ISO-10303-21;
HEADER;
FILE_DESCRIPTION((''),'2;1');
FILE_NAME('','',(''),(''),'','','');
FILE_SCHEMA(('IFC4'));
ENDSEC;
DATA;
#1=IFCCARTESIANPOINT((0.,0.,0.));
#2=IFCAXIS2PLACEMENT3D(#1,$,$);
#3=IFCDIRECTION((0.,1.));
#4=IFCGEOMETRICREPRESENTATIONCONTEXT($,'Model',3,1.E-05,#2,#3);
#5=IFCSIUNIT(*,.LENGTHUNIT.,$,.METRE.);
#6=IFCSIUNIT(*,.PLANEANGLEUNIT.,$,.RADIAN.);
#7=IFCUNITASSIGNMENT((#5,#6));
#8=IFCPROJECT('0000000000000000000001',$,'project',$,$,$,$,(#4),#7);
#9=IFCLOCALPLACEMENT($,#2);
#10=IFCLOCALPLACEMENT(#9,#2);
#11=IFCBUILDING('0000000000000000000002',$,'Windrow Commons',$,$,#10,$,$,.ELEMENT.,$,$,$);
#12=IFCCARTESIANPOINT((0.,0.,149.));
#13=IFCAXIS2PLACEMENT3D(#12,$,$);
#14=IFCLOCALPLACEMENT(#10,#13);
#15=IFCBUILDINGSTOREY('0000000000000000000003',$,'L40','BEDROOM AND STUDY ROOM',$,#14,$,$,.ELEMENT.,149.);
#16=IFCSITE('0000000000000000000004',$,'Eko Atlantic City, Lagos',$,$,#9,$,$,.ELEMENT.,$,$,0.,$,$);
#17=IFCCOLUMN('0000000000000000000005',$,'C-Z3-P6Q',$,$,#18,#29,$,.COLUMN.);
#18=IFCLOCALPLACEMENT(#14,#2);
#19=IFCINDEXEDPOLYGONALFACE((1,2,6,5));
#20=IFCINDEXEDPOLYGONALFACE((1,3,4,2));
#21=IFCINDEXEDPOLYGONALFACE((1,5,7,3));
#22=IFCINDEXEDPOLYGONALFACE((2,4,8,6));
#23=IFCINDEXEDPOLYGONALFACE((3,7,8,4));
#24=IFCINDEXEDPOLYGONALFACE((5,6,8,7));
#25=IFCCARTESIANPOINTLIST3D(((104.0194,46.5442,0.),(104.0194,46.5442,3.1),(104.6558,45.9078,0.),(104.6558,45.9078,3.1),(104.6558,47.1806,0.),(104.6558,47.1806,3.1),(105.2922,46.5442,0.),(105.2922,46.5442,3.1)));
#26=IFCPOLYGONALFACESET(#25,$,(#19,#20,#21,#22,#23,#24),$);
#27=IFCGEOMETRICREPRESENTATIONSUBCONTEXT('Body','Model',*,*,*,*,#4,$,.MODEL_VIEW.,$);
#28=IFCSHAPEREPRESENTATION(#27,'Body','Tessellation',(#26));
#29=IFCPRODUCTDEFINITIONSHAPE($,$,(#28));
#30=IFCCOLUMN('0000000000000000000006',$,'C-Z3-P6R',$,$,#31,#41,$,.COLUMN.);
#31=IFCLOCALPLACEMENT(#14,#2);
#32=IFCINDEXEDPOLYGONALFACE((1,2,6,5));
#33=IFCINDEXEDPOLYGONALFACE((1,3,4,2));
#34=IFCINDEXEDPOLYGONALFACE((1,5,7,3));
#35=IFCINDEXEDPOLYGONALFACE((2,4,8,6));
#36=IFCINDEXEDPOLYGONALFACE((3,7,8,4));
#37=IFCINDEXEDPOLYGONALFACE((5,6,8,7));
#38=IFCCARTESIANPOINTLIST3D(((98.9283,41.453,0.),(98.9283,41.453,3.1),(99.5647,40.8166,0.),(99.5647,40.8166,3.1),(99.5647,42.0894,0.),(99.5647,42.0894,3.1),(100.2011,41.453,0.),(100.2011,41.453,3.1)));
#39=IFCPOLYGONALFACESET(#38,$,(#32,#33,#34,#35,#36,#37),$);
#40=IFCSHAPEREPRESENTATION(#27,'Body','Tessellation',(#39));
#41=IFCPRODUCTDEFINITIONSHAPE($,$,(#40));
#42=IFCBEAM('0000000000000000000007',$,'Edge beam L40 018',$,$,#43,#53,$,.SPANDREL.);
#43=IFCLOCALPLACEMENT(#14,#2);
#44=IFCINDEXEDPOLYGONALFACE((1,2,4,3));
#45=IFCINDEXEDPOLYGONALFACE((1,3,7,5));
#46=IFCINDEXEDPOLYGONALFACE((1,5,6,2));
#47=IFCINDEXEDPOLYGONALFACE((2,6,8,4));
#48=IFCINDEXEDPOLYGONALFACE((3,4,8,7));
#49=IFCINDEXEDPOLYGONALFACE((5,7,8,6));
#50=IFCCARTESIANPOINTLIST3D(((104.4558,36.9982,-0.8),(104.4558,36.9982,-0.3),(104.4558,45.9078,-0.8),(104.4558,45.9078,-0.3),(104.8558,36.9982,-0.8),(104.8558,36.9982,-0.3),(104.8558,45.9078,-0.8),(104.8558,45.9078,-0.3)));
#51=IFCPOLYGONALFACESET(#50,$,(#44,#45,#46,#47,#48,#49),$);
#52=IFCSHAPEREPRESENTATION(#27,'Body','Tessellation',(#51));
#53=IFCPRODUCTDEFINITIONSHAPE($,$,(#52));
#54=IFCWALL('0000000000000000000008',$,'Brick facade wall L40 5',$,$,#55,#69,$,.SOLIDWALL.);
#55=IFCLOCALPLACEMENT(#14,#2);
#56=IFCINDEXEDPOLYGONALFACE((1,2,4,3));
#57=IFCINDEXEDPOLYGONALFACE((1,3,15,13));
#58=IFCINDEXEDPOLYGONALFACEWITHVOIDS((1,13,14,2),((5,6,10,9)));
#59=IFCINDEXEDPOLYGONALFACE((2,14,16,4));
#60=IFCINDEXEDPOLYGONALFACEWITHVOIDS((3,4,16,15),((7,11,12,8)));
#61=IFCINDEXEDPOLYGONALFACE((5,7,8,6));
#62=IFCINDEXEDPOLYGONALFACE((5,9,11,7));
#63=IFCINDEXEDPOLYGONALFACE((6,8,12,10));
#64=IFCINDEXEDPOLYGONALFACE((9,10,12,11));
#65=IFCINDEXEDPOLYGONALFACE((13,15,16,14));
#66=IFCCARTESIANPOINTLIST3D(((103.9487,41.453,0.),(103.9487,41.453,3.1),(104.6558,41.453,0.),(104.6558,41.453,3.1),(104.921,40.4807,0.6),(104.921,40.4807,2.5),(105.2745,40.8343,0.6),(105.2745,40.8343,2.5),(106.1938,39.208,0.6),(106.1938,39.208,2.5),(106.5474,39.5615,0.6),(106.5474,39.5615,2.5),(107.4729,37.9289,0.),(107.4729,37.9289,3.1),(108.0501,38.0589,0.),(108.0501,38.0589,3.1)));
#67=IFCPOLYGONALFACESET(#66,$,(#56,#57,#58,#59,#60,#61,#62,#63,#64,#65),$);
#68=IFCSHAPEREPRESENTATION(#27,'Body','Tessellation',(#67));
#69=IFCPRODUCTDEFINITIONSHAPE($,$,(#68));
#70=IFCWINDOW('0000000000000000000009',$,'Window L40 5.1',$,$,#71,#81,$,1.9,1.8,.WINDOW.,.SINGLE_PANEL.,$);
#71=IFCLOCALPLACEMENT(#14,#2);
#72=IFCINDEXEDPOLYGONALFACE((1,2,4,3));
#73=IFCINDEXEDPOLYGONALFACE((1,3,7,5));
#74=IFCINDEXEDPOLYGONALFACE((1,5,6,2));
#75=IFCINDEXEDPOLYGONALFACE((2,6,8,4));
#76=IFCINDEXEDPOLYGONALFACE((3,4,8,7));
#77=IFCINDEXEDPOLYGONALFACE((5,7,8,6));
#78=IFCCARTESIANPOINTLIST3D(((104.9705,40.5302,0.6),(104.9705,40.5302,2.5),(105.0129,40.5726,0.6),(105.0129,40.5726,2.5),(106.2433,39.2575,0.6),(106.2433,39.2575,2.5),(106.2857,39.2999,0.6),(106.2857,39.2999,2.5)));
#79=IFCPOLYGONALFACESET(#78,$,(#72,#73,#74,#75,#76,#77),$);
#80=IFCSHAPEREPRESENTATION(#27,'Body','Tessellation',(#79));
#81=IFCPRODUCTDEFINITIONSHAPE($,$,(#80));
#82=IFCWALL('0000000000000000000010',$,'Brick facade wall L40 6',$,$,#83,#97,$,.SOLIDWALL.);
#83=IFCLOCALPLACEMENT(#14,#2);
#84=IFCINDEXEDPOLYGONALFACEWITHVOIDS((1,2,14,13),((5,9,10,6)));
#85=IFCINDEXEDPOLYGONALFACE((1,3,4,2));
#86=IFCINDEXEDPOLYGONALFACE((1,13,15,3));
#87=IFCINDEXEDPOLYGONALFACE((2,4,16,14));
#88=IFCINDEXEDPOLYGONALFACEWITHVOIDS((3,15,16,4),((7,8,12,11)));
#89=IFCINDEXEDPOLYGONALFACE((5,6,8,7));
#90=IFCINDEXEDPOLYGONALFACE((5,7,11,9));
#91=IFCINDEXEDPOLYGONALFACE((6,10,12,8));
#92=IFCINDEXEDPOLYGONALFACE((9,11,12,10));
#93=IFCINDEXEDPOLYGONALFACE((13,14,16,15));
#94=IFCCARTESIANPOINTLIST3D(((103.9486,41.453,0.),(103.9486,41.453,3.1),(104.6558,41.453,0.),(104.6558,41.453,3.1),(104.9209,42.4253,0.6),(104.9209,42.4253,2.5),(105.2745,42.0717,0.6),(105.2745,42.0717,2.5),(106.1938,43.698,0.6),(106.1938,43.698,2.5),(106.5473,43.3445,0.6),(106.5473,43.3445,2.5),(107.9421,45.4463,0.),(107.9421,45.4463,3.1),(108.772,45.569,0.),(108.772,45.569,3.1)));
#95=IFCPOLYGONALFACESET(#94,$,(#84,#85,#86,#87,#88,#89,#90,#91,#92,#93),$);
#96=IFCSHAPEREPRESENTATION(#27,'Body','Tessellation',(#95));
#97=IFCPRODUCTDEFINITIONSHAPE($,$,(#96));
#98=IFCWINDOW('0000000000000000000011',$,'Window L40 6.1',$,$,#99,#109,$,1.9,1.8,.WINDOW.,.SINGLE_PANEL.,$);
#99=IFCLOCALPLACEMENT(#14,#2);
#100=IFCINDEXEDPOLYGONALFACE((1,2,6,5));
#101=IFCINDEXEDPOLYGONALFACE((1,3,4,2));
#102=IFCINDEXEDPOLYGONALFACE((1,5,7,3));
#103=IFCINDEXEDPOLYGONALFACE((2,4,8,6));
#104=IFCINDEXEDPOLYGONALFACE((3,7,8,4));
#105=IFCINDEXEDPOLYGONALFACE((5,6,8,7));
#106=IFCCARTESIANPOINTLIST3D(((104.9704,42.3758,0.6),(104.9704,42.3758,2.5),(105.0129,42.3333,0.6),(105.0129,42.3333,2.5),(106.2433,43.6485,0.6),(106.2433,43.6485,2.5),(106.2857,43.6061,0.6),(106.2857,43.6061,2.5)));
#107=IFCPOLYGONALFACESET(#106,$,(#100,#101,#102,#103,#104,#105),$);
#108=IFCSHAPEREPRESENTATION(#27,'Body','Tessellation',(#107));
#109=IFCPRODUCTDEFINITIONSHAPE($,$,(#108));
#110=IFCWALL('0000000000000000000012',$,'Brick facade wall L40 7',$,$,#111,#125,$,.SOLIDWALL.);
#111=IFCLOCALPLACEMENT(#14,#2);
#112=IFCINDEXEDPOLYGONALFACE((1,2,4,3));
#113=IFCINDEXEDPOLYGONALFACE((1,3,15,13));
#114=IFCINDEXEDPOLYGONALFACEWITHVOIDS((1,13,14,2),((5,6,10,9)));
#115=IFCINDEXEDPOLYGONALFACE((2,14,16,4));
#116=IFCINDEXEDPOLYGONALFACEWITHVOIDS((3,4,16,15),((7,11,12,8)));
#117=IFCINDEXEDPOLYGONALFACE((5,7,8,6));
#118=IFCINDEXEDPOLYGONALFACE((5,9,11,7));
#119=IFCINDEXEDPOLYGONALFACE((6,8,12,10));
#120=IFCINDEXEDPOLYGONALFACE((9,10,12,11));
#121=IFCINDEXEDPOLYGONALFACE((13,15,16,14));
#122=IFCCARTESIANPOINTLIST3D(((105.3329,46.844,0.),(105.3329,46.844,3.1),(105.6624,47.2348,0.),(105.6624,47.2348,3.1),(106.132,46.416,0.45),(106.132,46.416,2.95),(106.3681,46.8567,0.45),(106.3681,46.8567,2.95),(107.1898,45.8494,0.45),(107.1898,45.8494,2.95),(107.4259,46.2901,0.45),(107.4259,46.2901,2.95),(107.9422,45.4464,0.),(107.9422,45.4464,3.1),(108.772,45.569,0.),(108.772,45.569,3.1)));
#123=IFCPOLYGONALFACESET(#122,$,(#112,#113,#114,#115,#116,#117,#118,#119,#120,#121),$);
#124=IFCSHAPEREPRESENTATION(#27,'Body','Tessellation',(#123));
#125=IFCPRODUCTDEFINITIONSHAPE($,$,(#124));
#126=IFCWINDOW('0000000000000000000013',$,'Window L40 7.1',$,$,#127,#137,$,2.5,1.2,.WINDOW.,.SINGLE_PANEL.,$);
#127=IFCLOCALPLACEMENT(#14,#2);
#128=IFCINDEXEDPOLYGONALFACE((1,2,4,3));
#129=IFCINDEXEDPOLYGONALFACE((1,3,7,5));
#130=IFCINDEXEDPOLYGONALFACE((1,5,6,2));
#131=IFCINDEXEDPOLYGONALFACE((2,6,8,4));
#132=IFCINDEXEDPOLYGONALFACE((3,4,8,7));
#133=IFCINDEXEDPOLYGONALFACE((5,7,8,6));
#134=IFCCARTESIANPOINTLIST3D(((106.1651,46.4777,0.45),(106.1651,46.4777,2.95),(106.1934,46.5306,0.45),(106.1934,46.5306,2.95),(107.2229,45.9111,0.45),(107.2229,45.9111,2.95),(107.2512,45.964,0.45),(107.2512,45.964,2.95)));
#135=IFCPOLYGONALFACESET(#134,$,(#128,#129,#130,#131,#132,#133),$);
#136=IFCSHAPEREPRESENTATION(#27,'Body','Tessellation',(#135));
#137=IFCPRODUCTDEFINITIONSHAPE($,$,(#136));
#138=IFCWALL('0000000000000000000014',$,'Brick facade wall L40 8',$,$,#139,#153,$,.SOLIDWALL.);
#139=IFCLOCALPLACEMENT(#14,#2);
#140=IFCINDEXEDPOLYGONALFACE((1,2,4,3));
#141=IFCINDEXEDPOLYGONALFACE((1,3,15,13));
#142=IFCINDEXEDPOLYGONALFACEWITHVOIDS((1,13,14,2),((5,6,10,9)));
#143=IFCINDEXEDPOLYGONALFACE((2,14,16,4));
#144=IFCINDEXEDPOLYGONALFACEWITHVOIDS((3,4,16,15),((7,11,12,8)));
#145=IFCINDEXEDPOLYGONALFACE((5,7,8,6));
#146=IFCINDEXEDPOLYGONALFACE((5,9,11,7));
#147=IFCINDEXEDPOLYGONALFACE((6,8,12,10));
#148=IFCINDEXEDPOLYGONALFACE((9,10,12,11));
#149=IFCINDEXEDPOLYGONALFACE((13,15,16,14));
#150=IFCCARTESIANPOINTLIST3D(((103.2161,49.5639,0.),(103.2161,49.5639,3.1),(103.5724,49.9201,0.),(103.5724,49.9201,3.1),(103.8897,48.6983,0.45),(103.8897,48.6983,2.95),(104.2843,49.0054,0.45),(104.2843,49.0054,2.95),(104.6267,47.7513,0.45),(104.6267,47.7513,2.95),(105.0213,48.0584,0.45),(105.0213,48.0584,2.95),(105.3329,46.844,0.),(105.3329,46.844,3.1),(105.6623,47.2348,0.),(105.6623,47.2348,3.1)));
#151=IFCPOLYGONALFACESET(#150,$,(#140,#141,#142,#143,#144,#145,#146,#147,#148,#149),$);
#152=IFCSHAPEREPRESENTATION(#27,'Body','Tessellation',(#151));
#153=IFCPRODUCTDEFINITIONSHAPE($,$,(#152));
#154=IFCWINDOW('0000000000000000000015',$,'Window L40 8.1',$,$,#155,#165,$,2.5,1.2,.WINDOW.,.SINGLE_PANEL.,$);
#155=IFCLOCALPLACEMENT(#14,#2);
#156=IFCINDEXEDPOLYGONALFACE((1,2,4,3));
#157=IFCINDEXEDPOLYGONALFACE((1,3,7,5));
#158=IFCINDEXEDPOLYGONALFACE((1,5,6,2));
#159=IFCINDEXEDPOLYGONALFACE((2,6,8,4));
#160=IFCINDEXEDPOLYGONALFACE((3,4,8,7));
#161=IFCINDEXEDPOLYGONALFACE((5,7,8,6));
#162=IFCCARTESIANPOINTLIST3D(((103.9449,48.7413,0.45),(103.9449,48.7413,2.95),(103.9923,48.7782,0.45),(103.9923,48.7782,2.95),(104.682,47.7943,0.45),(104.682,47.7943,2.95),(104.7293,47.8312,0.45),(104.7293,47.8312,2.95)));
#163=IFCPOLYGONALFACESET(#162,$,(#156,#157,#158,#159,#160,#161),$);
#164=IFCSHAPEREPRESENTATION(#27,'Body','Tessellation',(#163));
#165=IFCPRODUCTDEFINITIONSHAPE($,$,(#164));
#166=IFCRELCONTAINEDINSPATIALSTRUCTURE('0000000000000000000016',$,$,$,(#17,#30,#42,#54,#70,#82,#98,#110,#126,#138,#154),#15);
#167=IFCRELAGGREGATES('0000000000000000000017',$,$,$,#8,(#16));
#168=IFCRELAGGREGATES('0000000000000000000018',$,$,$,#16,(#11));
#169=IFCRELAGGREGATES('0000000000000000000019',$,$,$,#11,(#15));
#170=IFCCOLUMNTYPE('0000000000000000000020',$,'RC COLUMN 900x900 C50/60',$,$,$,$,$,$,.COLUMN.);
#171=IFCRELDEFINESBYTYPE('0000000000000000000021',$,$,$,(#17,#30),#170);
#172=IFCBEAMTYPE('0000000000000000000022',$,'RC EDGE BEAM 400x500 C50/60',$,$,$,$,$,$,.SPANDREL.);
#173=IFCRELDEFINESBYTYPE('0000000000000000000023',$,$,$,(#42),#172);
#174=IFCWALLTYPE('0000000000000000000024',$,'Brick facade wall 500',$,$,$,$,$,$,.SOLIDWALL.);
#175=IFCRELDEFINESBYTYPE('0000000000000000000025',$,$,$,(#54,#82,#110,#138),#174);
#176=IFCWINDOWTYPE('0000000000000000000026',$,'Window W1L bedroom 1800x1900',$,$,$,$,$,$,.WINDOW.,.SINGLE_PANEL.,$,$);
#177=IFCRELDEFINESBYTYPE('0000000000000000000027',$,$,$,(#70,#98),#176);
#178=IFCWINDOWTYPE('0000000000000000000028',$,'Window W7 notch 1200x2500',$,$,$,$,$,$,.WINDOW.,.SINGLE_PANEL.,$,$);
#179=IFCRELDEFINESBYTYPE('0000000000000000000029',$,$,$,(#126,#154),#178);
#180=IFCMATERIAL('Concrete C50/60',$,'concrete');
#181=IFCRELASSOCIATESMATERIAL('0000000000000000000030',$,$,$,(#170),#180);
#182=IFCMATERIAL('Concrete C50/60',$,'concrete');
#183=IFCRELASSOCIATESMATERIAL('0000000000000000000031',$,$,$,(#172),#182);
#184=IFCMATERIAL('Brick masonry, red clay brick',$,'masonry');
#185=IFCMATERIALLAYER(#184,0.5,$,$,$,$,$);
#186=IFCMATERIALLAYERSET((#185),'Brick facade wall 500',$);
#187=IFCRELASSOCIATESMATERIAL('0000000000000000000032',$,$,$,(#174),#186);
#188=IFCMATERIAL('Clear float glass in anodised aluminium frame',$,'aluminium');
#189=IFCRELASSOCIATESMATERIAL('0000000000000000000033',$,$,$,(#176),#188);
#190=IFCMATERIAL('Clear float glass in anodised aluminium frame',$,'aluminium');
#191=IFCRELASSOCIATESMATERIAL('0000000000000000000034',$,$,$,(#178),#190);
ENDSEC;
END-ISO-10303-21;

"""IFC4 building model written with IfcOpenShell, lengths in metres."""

from ifc_helpers import new_model, si_unit, direction, frame, frame_2d, origin, origin_2d, place, context, subcontext, project, spatial, polyline, rectangle, outline, extrude, material, layer, layer_set, material_profile, profile_set, type_object, element, fill, save


model = new_model("IFC4")

# Units and contexts
model_context = context("Model", 3, precision=1e-05, world=origin(), true_north=direction((0.0, 1.0)))
body_context = subcontext(model_context, "Body", "Model", "MODEL_VIEW")
ifc_project = project(units=[si_unit("LENGTHUNIT", "METRE"), si_unit("PLANEANGLEUNIT", "RADIAN")], contexts=[model_context])

# Site, building, storey
site_placement = place(None, origin())
site = spatial("IfcSite", under=ifc_project, at=site_placement, Name="Eko Atlantic City, Lagos", CompositionType="ELEMENT", RefElevation=0.0)
building_placement = place(site_placement, origin())
building = spatial("IfcBuilding", under=site, at=building_placement, Name="Windrow Commons", CompositionType="ELEMENT")
storey_placement = place(building_placement, frame((0.0, 0.0, 149.0)))
storey = spatial("IfcBuildingStorey", under=building, at=storey_placement, Name="L40", Description="BEDROOM AND STUDY ROOM", CompositionType="ELEMENT", Elevation=149.0)

# Columns
ifc_material_1 = material(Name="Concrete C50/60", Category="concrete")
ifc_material_profile_1 = material_profile(ifc_material_1, rectangle(XDim=0.9, YDim=0.9, at=origin_2d()))
ifc_profile_set_1 = profile_set([ifc_material_profile_1], Name="Concrete C50/60")
column_type = type_object("IfcColumnType", Name="RC COLUMN 900x900 C50/60", PredefinedType="COLUMN", material=ifc_profile_set_1)
for number, where, z_axis, x_axis, name in (
    (1, (104.6558, 46.5442, 0.0), (0.0, 0.0, 1.0), (0.707107, -0.707107, 0.0), "C-Z3-P6Q"),
    (2, (99.5647, 41.453, 0.0), (0.0, 0.0, 1.0), (0.707107, -0.707107, 0.0), "C-Z3-P6R"),
):
    element("IfcColumn", number, at=place(storey_placement, frame(where, z_axis=z_axis, x_axis=x_axis)), inside=storey, type_object=column_type, Name=name, PredefinedType="COLUMN", context=body_context, shape_type="SweptSolid", body=[
        extrude(rectangle(XDim=0.9, YDim=0.9, at=origin_2d()), origin(), (0.0, 0.0, 1.0), 3.1),
    ])

# Beam
ifc_material_2 = material(Name="Concrete C50/60", Category="concrete")
ifc_material_profile_2 = material_profile(ifc_material_2, rectangle(XDim=0.4, YDim=0.5, at=origin_2d()))
ifc_profile_set_2 = profile_set([ifc_material_profile_2], Name="Concrete C50/60")
beam_type = type_object("IfcBeamType", Name="RC EDGE BEAM 400x500 C50/60", PredefinedType="SPANDREL", material=ifc_profile_set_2)
beam_placement = place(storey_placement, frame((104.6558, 45.9078, -0.55), z_axis=(0.0, -1.0, 0.0), x_axis=(1.0, 0.0, 0.0)))
element("IfcBeam", 3, at=beam_placement, inside=storey, type_object=beam_type, Name="Edge beam L40 018", PredefinedType="SPANDREL", context=body_context, shape_type="SweptSolid", body=[
    extrude(rectangle(XDim=0.4, YDim=0.5, at=origin_2d()), origin(), (0.0, 0.0, 1.0), 8.9096),
])

# Walls, openings, windows
ifc_material_3 = material(Name="Brick masonry, red clay brick", Category="masonry")
ifc_layer_1 = layer(ifc_material_3, 0.5)
ifc_layer_set_1 = layer_set([ifc_layer_1], Name="Brick facade wall 500")
wall_type_1 = type_object("IfcWallType", Name="Brick facade wall 500", PredefinedType="SOLIDWALL", material=ifc_layer_set_1)
wall_1_placement = place(storey_placement, frame((107.7615, 37.9939, 0.0), z_axis=(0.0, 0.0, 1.0), x_axis=(-0.707127, 0.707086, 0.0)))
wall_1 = element("IfcWall", 4, at=wall_1_placement, inside=storey, type_object=wall_type_1, Name="Brick facade wall L40 5", PredefinedType="SOLIDWALL", context=body_context, shape_type="SweptSolid", body=[
    extrude(outline(polyline([(-0.1581, -0.25), (4.642, -0.25), (5.142, 0.25), (0.1581, 0.25), (-0.1581, -0.25)])), origin(), (0.0, 0.0, 1.0), 3.1),
])
opening_1_placement = place(wall_1_placement, frame((1.967, 0.0, 0.6)))
opening_1 = element("IfcOpeningElement", 5, at=opening_1_placement, cuts=wall_1, PredefinedType="OPENING", context=body_context, shape_type="SweptSolid", body=[
    extrude(rectangle(XDim=1.8, YDim=1.9, at=frame_2d((0.9, 0.95))), frame((0.0, 0.26, 0.0), z_axis=(0.0, -1.0, 0.0), x_axis=(1.0, 0.0, 0.0)), (0.0, 0.0, 1.0), 0.52),
])
ifc_material_4 = material(Name="Clear float glass in anodised aluminium frame", Category="aluminium")
window_type_1 = type_object("IfcWindowType", Name="Window W1L bedroom 1800x1900", PartitioningType="SINGLE_PANEL", PredefinedType="WINDOW", material=ifc_material_4)
window_1_placement = place(opening_1_placement, origin())
window_1 = element("IfcWindow", 6, at=window_1_placement, inside=storey, type_object=window_type_1, Name="Window L40 5.1", OverallHeight=1.9, OverallWidth=1.8, PartitioningType="SINGLE_PANEL", PredefinedType="WINDOW", context=body_context, shape_type="SweptSolid", body=[
    extrude(rectangle(XDim=1.8, YDim=1.9, at=frame_2d((0.9, 0.95))), frame((0.0, 0.18, 0.0), z_axis=(0.0, -1.0, 0.0), x_axis=(1.0, 0.0, 0.0)), (0.0, 0.0, 1.0), 0.06),
])
fill(opening_1, window_1)
wall_2_placement = place(storey_placement, frame((104.3022, 41.453, 0.0), z_axis=(0.0, 0.0, 1.0), x_axis=(0.707124, 0.707089, 0.0)))
wall_2 = element("IfcWall", 7, at=wall_2_placement, inside=storey, type_object=wall_type_1, Name="Brick facade wall L40 6", PredefinedType="SOLIDWALL", context=body_context, shape_type="SweptSolid", body=[
    extrude(outline(polyline([(0.25, -0.25), (6.0711, -0.25), (5.3975, 0.25), (-0.25, 0.25), (0.25, -0.25)])), origin(), (0.0, 0.0, 1.0), 3.1),
])
opening_2_placement = place(wall_2_placement, frame((1.125, 0.0, 0.6)))
opening_2 = element("IfcOpeningElement", 8, at=opening_2_placement, cuts=wall_2, PredefinedType="OPENING", context=body_context, shape_type="SweptSolid", body=[
    extrude(rectangle(XDim=1.8, YDim=1.9, at=frame_2d((0.9, 0.95))), frame((0.0, 0.26, 0.0), z_axis=(0.0, -1.0, 0.0), x_axis=(1.0, 0.0, 0.0)), (0.0, 0.0, 1.0), 0.52),
])
window_2_placement = place(opening_2_placement, origin())
window_2 = element("IfcWindow", 9, at=window_2_placement, inside=storey, type_object=window_type_1, Name="Window L40 6.1", OverallHeight=1.9, OverallWidth=1.8, PartitioningType="SINGLE_PANEL", PredefinedType="WINDOW", context=body_context, shape_type="SweptSolid", body=[
    extrude(rectangle(XDim=1.8, YDim=1.9, at=frame_2d((0.9, 0.95))), frame((0.0, 0.18, 0.0), z_axis=(0.0, -1.0, 0.0), x_axis=(1.0, 0.0, 0.0)), (0.0, 0.0, 1.0), 0.06),
])
fill(opening_2, window_2)
wall_3_placement = place(storey_placement, frame((108.3571, 45.5077, 0.0), z_axis=(0.0, 0.0, 1.0), x_axis=(-0.881502, 0.472179, 0.0)))
wall_3 = element("IfcWall", 10, at=wall_3_placement, inside=storey, type_object=wall_type_1, Name="Brick facade wall L40 7", PredefinedType="SOLIDWALL", context=body_context, shape_type="SweptSolid", body=[
    extrude(outline(polyline([(-0.3368, -0.25), (3.1909, -0.25), (3.2968, 0.25), (0.3368, 0.25), (-0.3368, -0.25)])), origin(), (0.0, 0.0, 1.0), 3.1),
])
opening_3_placement = place(wall_3_placement, frame((1.1903, 0.0, 0.45)))
opening_3 = element("IfcOpeningElement", 11, at=opening_3_placement, cuts=wall_3, PredefinedType="OPENING", context=body_context, shape_type="SweptSolid", body=[
    extrude(rectangle(XDim=1.2, YDim=2.5, at=frame_2d((0.6, 1.25))), frame((0.0, 0.26, 0.0), z_axis=(0.0, -1.0, 0.0), x_axis=(1.0, 0.0, 0.0)), (0.0, 0.0, 1.0), 0.52),
])
ifc_material_5 = material(Name="Clear float glass in anodised aluminium frame", Category="aluminium")
window_type_2 = type_object("IfcWindowType", Name="Window W7 notch 1200x2500", PartitioningType="SINGLE_PANEL", PredefinedType="WINDOW", material=ifc_material_5)
window_3_placement = place(opening_3_placement, origin())
window_3 = element("IfcWindow", 12, at=window_3_placement, inside=storey, type_object=window_type_2, Name="Window L40 7.1", OverallHeight=2.5, OverallWidth=1.2, PartitioningType="SINGLE_PANEL", PredefinedType="WINDOW", context=body_context, shape_type="SweptSolid", body=[
    extrude(rectangle(XDim=1.2, YDim=2.5, at=frame_2d((0.6, 1.25))), frame((0.0, 0.18, 0.0), z_axis=(0.0, -1.0, 0.0), x_axis=(1.0, 0.0, 0.0)), (0.0, 0.0, 1.0), 0.06),
])
fill(opening_3, window_3)
wall_4_placement = place(storey_placement, frame((105.4976, 47.0394, 0.0), z_axis=(0.0, 0.0, 1.0), x_axis=(-0.614191, 0.789157, 0.0)))
wall_4 = element("IfcWall", 13, at=wall_4_placement, inside=storey, type_object=wall_type_1, Name="Brick facade wall L40 8", PredefinedType="SOLIDWALL", context=body_context, shape_type="SweptSolid", body=[
    extrude(outline(polyline([(0.053, -0.25), (3.4558, -0.25), (3.3935, 0.25), (-0.053, 0.25), (0.053, -0.25)])), origin(), (0.0, 0.0, 1.0), 3.1),
])
opening_4_placement = place(wall_4_placement, frame((1.0967, 0.0, 0.45)))
opening_4 = element("IfcOpeningElement", 14, at=opening_4_placement, cuts=wall_4, PredefinedType="OPENING", context=body_context, shape_type="SweptSolid", body=[
    extrude(rectangle(XDim=1.2, YDim=2.5, at=frame_2d((0.6, 1.25))), frame((0.0, 0.26, 0.0), z_axis=(0.0, -1.0, 0.0), x_axis=(1.0, 0.0, 0.0)), (0.0, 0.0, 1.0), 0.52),
])
window_4_placement = place(opening_4_placement, origin())
window_4 = element("IfcWindow", 15, at=window_4_placement, inside=storey, type_object=window_type_2, Name="Window L40 8.1", OverallHeight=2.5, OverallWidth=1.2, PartitioningType="SINGLE_PANEL", PredefinedType="WINDOW", context=body_context, shape_type="SweptSolid", body=[
    extrude(rectangle(XDim=1.2, YDim=2.5, at=frame_2d((0.6, 1.25))), frame((0.0, 0.18, 0.0), z_axis=(0.0, -1.0, 0.0), x_axis=(1.0, 0.0, 0.0)), (0.0, 0.0, 1.0), 0.06),
])
fill(opening_4, window_4)

save(model, "model.ifc")
